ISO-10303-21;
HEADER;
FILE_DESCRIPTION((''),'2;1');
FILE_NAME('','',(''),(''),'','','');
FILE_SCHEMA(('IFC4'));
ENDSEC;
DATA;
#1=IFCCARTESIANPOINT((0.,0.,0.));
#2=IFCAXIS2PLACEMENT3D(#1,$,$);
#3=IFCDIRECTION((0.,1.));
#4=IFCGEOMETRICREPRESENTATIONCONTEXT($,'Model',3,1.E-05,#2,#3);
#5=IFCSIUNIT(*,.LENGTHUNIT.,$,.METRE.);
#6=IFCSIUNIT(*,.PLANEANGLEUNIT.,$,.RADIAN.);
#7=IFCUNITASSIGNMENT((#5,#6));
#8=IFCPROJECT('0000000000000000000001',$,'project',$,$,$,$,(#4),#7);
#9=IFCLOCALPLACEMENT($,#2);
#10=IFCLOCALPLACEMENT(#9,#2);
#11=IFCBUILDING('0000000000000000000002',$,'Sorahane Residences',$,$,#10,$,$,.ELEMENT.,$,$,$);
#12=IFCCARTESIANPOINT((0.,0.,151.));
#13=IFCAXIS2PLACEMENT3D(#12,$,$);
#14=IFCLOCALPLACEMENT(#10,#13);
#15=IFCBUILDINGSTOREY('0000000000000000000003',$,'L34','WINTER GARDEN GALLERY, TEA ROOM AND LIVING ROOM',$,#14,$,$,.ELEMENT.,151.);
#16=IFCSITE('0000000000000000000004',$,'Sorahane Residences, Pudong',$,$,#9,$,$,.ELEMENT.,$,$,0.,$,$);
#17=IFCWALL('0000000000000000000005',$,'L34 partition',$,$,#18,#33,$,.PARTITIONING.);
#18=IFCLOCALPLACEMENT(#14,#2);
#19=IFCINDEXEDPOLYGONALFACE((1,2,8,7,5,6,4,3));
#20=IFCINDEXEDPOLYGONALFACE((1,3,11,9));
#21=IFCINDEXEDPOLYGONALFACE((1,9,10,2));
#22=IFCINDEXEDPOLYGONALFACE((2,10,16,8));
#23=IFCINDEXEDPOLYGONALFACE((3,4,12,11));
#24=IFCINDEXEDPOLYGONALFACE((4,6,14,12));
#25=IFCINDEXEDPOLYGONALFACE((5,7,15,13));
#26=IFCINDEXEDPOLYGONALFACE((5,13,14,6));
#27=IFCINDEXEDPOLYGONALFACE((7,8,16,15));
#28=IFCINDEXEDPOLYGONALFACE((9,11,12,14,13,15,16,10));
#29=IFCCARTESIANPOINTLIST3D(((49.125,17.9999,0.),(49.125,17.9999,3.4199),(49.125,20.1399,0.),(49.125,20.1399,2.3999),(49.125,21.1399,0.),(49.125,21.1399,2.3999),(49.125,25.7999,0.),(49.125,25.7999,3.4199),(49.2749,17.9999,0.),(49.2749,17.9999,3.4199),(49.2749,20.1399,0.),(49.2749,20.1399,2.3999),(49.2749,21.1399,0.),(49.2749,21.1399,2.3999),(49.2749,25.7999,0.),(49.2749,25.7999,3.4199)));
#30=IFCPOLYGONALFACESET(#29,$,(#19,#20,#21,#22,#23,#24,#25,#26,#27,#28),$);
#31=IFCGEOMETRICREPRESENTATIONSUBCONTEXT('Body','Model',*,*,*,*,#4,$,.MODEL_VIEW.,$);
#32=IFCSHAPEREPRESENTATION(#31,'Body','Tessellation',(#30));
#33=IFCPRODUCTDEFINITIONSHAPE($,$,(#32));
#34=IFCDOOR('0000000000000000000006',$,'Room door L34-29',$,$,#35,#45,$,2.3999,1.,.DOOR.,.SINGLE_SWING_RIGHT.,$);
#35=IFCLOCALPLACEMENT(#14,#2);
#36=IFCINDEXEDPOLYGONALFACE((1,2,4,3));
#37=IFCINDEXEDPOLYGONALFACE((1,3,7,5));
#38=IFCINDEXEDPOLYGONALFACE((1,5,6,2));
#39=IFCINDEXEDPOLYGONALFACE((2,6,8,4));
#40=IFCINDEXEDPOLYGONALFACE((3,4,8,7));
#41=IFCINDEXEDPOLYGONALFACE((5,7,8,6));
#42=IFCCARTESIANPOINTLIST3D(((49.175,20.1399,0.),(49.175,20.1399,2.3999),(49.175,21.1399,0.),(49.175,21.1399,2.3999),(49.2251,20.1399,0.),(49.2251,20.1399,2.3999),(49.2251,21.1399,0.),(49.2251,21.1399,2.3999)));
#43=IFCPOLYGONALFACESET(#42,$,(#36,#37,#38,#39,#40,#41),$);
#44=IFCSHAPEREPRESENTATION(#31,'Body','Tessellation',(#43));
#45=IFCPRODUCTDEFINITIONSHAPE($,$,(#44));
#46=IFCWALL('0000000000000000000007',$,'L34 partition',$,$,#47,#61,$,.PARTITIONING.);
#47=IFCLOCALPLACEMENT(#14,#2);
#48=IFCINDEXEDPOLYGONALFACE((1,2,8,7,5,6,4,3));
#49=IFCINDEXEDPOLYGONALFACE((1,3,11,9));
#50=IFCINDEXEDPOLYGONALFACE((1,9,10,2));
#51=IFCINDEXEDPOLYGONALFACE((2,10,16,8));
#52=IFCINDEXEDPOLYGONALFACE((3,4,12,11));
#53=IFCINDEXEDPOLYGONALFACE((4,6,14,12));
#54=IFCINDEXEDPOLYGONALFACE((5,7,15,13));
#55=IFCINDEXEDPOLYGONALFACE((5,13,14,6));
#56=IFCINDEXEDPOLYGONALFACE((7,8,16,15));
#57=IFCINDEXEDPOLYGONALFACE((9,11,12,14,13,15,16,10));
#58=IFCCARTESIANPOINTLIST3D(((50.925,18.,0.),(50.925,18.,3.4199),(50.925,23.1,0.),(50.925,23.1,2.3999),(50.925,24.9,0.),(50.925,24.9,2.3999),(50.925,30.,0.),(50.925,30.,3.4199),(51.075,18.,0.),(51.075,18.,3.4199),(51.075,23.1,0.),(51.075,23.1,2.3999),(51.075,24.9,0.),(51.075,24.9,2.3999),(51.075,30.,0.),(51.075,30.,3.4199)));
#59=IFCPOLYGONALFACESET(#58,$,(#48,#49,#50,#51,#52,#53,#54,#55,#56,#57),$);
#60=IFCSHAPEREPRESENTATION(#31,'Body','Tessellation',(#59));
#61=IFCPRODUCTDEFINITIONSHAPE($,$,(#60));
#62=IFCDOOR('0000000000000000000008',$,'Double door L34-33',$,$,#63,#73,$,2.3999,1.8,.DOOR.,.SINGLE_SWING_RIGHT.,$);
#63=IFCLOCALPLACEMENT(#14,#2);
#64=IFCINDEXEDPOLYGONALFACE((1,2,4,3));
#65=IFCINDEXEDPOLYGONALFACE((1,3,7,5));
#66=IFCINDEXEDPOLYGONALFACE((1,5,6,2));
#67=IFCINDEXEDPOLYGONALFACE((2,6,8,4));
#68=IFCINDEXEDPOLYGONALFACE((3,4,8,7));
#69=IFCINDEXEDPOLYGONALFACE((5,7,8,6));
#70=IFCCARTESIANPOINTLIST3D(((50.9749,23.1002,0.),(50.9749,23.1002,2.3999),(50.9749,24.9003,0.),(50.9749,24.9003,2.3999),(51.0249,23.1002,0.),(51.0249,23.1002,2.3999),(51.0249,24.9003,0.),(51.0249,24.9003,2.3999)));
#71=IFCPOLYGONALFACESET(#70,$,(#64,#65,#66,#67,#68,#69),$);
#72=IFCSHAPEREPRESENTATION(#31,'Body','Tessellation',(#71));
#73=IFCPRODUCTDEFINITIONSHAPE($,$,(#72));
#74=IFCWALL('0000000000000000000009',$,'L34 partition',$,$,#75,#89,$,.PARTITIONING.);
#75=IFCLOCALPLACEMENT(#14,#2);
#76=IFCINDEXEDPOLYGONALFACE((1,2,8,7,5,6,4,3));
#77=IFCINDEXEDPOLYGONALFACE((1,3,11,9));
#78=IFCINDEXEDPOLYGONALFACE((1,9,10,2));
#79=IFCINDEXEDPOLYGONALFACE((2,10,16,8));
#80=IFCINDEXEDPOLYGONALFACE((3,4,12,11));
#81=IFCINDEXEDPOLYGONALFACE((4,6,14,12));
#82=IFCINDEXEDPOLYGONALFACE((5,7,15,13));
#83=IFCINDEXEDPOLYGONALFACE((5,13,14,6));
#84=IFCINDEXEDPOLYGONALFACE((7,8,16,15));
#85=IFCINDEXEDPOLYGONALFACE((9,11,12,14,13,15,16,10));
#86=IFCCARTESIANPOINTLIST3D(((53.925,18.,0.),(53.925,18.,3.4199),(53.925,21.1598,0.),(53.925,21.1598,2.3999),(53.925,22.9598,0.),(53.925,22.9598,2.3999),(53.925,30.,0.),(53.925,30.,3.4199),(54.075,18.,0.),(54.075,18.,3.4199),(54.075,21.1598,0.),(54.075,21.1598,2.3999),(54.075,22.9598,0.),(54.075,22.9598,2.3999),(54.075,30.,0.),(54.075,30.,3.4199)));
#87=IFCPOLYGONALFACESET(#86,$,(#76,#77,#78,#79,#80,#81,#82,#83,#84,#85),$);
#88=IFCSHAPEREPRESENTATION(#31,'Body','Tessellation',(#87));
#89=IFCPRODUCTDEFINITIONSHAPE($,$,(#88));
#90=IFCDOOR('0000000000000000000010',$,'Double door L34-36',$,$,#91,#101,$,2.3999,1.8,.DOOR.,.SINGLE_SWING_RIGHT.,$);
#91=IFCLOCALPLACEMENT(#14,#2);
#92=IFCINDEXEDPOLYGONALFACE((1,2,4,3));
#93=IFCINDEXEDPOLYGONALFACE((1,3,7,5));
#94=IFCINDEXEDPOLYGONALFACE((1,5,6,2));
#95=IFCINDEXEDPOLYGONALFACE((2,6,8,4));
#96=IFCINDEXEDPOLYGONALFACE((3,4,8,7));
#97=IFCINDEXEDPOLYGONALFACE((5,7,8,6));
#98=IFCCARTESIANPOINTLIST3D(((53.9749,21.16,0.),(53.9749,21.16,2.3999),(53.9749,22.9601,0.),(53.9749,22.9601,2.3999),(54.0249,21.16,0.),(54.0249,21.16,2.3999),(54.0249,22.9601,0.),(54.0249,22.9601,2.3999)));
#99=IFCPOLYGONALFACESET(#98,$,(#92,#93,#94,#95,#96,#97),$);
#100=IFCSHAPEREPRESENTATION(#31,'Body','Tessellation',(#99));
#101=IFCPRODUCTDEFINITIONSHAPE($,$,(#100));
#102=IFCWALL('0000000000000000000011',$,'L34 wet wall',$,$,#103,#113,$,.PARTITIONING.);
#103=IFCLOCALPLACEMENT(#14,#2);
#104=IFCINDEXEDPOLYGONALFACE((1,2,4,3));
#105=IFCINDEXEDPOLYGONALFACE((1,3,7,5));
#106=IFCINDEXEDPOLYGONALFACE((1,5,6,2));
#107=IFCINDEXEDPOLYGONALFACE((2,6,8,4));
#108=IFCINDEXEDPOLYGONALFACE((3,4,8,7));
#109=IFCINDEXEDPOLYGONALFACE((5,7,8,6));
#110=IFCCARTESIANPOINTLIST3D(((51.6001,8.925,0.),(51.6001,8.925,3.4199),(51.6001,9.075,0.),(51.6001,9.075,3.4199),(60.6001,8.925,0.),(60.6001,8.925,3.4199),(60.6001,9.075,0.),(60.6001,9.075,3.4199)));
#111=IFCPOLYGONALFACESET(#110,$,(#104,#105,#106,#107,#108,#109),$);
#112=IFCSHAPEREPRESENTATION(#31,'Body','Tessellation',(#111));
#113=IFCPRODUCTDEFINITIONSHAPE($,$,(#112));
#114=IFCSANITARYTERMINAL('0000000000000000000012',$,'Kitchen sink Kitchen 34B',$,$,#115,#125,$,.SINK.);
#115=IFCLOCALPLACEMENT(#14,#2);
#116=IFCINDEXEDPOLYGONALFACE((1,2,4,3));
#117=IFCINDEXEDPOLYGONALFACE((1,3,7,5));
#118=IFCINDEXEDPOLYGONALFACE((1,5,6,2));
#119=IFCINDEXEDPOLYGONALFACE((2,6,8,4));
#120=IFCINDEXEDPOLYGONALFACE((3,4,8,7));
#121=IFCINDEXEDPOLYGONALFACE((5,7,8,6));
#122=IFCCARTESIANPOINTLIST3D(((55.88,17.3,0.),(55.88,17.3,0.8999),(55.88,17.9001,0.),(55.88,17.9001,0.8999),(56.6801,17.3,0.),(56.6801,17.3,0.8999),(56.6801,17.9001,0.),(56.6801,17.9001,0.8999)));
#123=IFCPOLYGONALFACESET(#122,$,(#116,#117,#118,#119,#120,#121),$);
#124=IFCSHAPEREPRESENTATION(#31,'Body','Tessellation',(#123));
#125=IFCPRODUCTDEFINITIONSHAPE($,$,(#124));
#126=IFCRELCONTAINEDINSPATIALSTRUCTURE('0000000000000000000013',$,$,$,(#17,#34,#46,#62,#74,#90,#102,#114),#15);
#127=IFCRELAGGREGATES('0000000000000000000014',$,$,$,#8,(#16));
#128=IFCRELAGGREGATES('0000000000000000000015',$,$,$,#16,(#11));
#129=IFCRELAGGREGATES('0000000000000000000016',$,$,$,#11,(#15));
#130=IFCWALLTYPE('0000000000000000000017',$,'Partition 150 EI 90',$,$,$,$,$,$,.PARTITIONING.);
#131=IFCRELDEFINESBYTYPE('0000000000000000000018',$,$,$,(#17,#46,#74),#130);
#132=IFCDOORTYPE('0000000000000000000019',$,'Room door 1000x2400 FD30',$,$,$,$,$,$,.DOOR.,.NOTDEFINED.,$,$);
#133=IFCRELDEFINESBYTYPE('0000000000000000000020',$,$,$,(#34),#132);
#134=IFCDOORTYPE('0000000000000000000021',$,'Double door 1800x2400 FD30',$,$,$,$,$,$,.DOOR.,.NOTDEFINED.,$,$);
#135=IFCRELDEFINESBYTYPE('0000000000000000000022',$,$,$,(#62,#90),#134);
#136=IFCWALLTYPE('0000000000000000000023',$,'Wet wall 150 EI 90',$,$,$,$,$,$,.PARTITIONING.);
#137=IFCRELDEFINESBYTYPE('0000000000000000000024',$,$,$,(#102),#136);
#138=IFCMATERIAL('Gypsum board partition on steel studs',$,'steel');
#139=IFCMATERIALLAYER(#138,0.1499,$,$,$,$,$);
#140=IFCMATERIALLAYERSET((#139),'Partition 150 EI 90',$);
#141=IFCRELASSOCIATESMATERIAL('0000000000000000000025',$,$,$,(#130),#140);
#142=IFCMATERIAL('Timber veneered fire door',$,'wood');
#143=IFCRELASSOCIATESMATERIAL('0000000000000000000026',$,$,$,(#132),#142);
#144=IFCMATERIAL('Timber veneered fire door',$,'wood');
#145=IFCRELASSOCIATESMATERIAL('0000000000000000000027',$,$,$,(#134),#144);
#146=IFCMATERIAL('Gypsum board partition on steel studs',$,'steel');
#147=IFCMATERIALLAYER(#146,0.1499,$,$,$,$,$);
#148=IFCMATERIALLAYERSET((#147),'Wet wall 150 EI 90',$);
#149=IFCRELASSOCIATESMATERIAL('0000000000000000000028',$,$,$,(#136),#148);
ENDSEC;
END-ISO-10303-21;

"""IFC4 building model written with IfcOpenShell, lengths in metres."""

from ifc_helpers import new_model, si_unit, direction, frame, frame_2d, origin, origin_2d, place, context, subcontext, project, spatial, rectangle, extrude, material, layer, layer_set, type_object, element, fill, save


model = new_model("IFC4")

# Units and contexts
model_context = context("Model", 3, precision=1e-05, world=origin(), true_north=direction((0.0, 1.0)))
body_context = subcontext(model_context, "Body", "Model", "MODEL_VIEW")
ifc_project = project(units=[si_unit("LENGTHUNIT", "METRE"), si_unit("PLANEANGLEUNIT", "RADIAN")], contexts=[model_context])

# Site, building, storey
site_placement = place(None, origin())
site = spatial("IfcSite", under=ifc_project, at=site_placement, Name="Sorahane Residences, Pudong", CompositionType="ELEMENT", RefElevation=0.0)
building_placement = place(site_placement, origin())
building = spatial("IfcBuilding", under=site, at=building_placement, Name="Sorahane Residences", CompositionType="ELEMENT")
storey_placement = place(building_placement, frame((0.0, 0.0, 151.0)))
storey = spatial("IfcBuildingStorey", under=building, at=storey_placement, Name="L34", Description="WINTER GARDEN GALLERY, TEA ROOM AND LIVING ROOM", CompositionType="ELEMENT", Elevation=151.0)

# Walls, openings, doors
ifc_material_1 = material(Name="Gypsum board partition on steel studs", Category="steel")
ifc_layer_1 = layer(ifc_material_1, 0.1499)
ifc_layer_set_1 = layer_set([ifc_layer_1], Name="Partition 150 EI 90")
wall_type_1 = type_object("IfcWallType", Name="Partition 150 EI 90", PredefinedType="PARTITIONING", material=ifc_layer_set_1)
wall_1_placement = place(storey_placement, frame((49.2, 18.0, 0.0), z_axis=(0.0, 0.0, 1.0), x_axis=(0.0, 1.0, 0.0)))
wall_1 = element("IfcWall", 1, at=wall_1_placement, inside=storey, type_object=wall_type_1, Name="L34 partition", PredefinedType="PARTITIONING", context=body_context, shape_type="SweptSolid", body=[
    extrude(rectangle(XDim=7.8, YDim=0.1499, at=frame_2d((3.8999, 0.0))), origin(), (0.0, 0.0, 1.0), 3.4199),
])
opening_1_placement = place(wall_1_placement, frame((2.1399, 0.0, 0.0)))
opening_1 = element("IfcOpeningElement", 2, at=opening_1_placement, cuts=wall_1, PredefinedType="OPENING", context=body_context, shape_type="SweptSolid", body=[
    extrude(rectangle(XDim=1.0, YDim=2.3999, at=frame_2d((0.5, 1.2))), frame((0.0, 0.085, 0.0), z_axis=(0.0, -1.0, 0.0), x_axis=(1.0, 0.0, 0.0)), (0.0, 0.0, 1.0), 0.1699),
])
ifc_material_2 = material(Name="Timber veneered fire door", Category="wood")
door_type_1 = type_object("IfcDoorType", Name="Room door 1000x2400 FD30", OperationType="NOTDEFINED", PredefinedType="DOOR", material=ifc_material_2)
door_1_placement = place(opening_1_placement, origin())
door_1 = element("IfcDoor", 3, at=door_1_placement, inside=storey, type_object=door_type_1, Name="Room door L34-29", OperationType="SINGLE_SWING_RIGHT", OverallHeight=2.3999, OverallWidth=1.0, PredefinedType="DOOR", context=body_context, shape_type="SweptSolid", body=[
    extrude(rectangle(XDim=1.0, YDim=2.3999, at=frame_2d((0.5, 1.2))), frame((0.0, 0.0249, 0.0), z_axis=(0.0, -1.0, 0.0), x_axis=(1.0, 0.0, 0.0)), (0.0, 0.0, 1.0), 0.05),
])
fill(opening_1, door_1)
wall_2_placement = place(storey_placement, frame((51.0, 18.0, 0.0), z_axis=(0.0, 0.0, 1.0), x_axis=(0.0, 1.0, 0.0)))
wall_2 = element("IfcWall", 4, at=wall_2_placement, inside=storey, type_object=wall_type_1, Name="L34 partition", PredefinedType="PARTITIONING", context=body_context, shape_type="SweptSolid", body=[
    extrude(rectangle(XDim=12.0, YDim=0.1499, at=frame_2d((6.0, 0.0))), origin(), (0.0, 0.0, 1.0), 3.4199),
])
opening_2_placement = place(wall_2_placement, frame((5.1001, 0.0, 0.0)))
opening_2 = element("IfcOpeningElement", 5, at=opening_2_placement, cuts=wall_2, PredefinedType="OPENING", context=body_context, shape_type="SweptSolid", body=[
    extrude(rectangle(XDim=1.8, YDim=2.3999, at=frame_2d((0.8999, 1.2))), frame((0.0, 0.085, 0.0), z_axis=(0.0, -1.0, 0.0), x_axis=(1.0, 0.0, 0.0)), (0.0, 0.0, 1.0), 0.1699),
])
ifc_material_3 = material(Name="Timber veneered fire door", Category="wood")
door_type_2 = type_object("IfcDoorType", Name="Double door 1800x2400 FD30", OperationType="NOTDEFINED", PredefinedType="DOOR", material=ifc_material_3)
door_2_placement = place(opening_2_placement, frame((1.8, 0.0, 0.0), z_axis=(0.0, 0.0, 1.0), x_axis=(-1.0, 0.0, 0.0)))
door_2 = element("IfcDoor", 6, at=door_2_placement, inside=storey, type_object=door_type_2, Name="Double door L34-33", OperationType="SINGLE_SWING_RIGHT", OverallHeight=2.3999, OverallWidth=1.8, PredefinedType="DOOR", context=body_context, shape_type="SweptSolid", body=[
    extrude(rectangle(XDim=1.8, YDim=2.3999, at=frame_2d((0.8999, 1.2))), frame((0.0, 0.0249, 0.0), z_axis=(0.0, -1.0, 0.0), x_axis=(1.0, 0.0, 0.0)), (0.0, 0.0, 1.0), 0.05),
])
fill(opening_2, door_2)
wall_3_placement = place(storey_placement, frame((54.0, 18.0, 0.0), z_axis=(0.0, 0.0, 1.0), x_axis=(0.0, 1.0, 0.0)))
wall_3 = element("IfcWall", 7, at=wall_3_placement, inside=storey, type_object=wall_type_1, Name="L34 partition", PredefinedType="PARTITIONING", context=body_context, shape_type="SweptSolid", body=[
    extrude(rectangle(XDim=12.0, YDim=0.1499, at=frame_2d((6.0, 0.0))), origin(), (0.0, 0.0, 1.0), 3.4199),
])
opening_3_placement = place(wall_3_placement, frame((3.1599, 0.0, 0.0)))
opening_3 = element("IfcOpeningElement", 8, at=opening_3_placement, cuts=wall_3, PredefinedType="OPENING", context=body_context, shape_type="SweptSolid", body=[
    extrude(rectangle(XDim=1.8, YDim=2.3999, at=frame_2d((0.8999, 1.2))), frame((0.0, 0.085, 0.0), z_axis=(0.0, -1.0, 0.0), x_axis=(1.0, 0.0, 0.0)), (0.0, 0.0, 1.0), 0.1699),
])
door_3_placement = place(opening_3_placement, frame((1.8, 0.0, 0.0), z_axis=(0.0, 0.0, 1.0), x_axis=(-1.0, 0.0, 0.0)))
door_3 = element("IfcDoor", 9, at=door_3_placement, inside=storey, type_object=door_type_2, Name="Double door L34-36", OperationType="SINGLE_SWING_RIGHT", OverallHeight=2.3999, OverallWidth=1.8, PredefinedType="DOOR", context=body_context, shape_type="SweptSolid", body=[
    extrude(rectangle(XDim=1.8, YDim=2.3999, at=frame_2d((0.8999, 1.2))), frame((0.0, 0.0249, 0.0), z_axis=(0.0, -1.0, 0.0), x_axis=(1.0, 0.0, 0.0)), (0.0, 0.0, 1.0), 0.05),
])
fill(opening_3, door_3)

# Wall
ifc_material_4 = material(Name="Gypsum board partition on steel studs", Category="steel")
ifc_layer_2 = layer(ifc_material_4, 0.1499)
ifc_layer_set_2 = layer_set([ifc_layer_2], Name="Wet wall 150 EI 90")
wall_type_2 = type_object("IfcWallType", Name="Wet wall 150 EI 90", PredefinedType="PARTITIONING", material=ifc_layer_set_2)
wall_4_placement = place(storey_placement, frame((51.6001, 9.0, 0.0), z_axis=(0.0, 0.0, 1.0), x_axis=(1.0, 0.0, 0.0)))
element("IfcWall", 10, at=wall_4_placement, inside=storey, type_object=wall_type_2, Name="L34 wet wall", PredefinedType="PARTITIONING", context=body_context, shape_type="SweptSolid", body=[
    extrude(rectangle(XDim=9.0, YDim=0.1499, at=frame_2d((4.5, 0.0))), origin(), (0.0, 0.0, 1.0), 3.4199),
])

# Sanitary terminal
sanitary_terminal_placement = place(storey_placement, frame((56.28, 17.6001, 0.0), z_axis=(0.0, 0.0, 1.0), x_axis=(1.0, 0.0, 0.0)))
element("IfcSanitaryTerminal", 11, at=sanitary_terminal_placement, inside=storey, Name="Kitchen sink Kitchen 34B", PredefinedType="SINK", context=body_context, shape_type="SweptSolid", body=[
    extrude(rectangle(XDim=0.8, YDim=0.6001, at=origin_2d()), origin(), (0.0, 0.0, 1.0), 0.8999),
])

save(model, "model.ifc")
